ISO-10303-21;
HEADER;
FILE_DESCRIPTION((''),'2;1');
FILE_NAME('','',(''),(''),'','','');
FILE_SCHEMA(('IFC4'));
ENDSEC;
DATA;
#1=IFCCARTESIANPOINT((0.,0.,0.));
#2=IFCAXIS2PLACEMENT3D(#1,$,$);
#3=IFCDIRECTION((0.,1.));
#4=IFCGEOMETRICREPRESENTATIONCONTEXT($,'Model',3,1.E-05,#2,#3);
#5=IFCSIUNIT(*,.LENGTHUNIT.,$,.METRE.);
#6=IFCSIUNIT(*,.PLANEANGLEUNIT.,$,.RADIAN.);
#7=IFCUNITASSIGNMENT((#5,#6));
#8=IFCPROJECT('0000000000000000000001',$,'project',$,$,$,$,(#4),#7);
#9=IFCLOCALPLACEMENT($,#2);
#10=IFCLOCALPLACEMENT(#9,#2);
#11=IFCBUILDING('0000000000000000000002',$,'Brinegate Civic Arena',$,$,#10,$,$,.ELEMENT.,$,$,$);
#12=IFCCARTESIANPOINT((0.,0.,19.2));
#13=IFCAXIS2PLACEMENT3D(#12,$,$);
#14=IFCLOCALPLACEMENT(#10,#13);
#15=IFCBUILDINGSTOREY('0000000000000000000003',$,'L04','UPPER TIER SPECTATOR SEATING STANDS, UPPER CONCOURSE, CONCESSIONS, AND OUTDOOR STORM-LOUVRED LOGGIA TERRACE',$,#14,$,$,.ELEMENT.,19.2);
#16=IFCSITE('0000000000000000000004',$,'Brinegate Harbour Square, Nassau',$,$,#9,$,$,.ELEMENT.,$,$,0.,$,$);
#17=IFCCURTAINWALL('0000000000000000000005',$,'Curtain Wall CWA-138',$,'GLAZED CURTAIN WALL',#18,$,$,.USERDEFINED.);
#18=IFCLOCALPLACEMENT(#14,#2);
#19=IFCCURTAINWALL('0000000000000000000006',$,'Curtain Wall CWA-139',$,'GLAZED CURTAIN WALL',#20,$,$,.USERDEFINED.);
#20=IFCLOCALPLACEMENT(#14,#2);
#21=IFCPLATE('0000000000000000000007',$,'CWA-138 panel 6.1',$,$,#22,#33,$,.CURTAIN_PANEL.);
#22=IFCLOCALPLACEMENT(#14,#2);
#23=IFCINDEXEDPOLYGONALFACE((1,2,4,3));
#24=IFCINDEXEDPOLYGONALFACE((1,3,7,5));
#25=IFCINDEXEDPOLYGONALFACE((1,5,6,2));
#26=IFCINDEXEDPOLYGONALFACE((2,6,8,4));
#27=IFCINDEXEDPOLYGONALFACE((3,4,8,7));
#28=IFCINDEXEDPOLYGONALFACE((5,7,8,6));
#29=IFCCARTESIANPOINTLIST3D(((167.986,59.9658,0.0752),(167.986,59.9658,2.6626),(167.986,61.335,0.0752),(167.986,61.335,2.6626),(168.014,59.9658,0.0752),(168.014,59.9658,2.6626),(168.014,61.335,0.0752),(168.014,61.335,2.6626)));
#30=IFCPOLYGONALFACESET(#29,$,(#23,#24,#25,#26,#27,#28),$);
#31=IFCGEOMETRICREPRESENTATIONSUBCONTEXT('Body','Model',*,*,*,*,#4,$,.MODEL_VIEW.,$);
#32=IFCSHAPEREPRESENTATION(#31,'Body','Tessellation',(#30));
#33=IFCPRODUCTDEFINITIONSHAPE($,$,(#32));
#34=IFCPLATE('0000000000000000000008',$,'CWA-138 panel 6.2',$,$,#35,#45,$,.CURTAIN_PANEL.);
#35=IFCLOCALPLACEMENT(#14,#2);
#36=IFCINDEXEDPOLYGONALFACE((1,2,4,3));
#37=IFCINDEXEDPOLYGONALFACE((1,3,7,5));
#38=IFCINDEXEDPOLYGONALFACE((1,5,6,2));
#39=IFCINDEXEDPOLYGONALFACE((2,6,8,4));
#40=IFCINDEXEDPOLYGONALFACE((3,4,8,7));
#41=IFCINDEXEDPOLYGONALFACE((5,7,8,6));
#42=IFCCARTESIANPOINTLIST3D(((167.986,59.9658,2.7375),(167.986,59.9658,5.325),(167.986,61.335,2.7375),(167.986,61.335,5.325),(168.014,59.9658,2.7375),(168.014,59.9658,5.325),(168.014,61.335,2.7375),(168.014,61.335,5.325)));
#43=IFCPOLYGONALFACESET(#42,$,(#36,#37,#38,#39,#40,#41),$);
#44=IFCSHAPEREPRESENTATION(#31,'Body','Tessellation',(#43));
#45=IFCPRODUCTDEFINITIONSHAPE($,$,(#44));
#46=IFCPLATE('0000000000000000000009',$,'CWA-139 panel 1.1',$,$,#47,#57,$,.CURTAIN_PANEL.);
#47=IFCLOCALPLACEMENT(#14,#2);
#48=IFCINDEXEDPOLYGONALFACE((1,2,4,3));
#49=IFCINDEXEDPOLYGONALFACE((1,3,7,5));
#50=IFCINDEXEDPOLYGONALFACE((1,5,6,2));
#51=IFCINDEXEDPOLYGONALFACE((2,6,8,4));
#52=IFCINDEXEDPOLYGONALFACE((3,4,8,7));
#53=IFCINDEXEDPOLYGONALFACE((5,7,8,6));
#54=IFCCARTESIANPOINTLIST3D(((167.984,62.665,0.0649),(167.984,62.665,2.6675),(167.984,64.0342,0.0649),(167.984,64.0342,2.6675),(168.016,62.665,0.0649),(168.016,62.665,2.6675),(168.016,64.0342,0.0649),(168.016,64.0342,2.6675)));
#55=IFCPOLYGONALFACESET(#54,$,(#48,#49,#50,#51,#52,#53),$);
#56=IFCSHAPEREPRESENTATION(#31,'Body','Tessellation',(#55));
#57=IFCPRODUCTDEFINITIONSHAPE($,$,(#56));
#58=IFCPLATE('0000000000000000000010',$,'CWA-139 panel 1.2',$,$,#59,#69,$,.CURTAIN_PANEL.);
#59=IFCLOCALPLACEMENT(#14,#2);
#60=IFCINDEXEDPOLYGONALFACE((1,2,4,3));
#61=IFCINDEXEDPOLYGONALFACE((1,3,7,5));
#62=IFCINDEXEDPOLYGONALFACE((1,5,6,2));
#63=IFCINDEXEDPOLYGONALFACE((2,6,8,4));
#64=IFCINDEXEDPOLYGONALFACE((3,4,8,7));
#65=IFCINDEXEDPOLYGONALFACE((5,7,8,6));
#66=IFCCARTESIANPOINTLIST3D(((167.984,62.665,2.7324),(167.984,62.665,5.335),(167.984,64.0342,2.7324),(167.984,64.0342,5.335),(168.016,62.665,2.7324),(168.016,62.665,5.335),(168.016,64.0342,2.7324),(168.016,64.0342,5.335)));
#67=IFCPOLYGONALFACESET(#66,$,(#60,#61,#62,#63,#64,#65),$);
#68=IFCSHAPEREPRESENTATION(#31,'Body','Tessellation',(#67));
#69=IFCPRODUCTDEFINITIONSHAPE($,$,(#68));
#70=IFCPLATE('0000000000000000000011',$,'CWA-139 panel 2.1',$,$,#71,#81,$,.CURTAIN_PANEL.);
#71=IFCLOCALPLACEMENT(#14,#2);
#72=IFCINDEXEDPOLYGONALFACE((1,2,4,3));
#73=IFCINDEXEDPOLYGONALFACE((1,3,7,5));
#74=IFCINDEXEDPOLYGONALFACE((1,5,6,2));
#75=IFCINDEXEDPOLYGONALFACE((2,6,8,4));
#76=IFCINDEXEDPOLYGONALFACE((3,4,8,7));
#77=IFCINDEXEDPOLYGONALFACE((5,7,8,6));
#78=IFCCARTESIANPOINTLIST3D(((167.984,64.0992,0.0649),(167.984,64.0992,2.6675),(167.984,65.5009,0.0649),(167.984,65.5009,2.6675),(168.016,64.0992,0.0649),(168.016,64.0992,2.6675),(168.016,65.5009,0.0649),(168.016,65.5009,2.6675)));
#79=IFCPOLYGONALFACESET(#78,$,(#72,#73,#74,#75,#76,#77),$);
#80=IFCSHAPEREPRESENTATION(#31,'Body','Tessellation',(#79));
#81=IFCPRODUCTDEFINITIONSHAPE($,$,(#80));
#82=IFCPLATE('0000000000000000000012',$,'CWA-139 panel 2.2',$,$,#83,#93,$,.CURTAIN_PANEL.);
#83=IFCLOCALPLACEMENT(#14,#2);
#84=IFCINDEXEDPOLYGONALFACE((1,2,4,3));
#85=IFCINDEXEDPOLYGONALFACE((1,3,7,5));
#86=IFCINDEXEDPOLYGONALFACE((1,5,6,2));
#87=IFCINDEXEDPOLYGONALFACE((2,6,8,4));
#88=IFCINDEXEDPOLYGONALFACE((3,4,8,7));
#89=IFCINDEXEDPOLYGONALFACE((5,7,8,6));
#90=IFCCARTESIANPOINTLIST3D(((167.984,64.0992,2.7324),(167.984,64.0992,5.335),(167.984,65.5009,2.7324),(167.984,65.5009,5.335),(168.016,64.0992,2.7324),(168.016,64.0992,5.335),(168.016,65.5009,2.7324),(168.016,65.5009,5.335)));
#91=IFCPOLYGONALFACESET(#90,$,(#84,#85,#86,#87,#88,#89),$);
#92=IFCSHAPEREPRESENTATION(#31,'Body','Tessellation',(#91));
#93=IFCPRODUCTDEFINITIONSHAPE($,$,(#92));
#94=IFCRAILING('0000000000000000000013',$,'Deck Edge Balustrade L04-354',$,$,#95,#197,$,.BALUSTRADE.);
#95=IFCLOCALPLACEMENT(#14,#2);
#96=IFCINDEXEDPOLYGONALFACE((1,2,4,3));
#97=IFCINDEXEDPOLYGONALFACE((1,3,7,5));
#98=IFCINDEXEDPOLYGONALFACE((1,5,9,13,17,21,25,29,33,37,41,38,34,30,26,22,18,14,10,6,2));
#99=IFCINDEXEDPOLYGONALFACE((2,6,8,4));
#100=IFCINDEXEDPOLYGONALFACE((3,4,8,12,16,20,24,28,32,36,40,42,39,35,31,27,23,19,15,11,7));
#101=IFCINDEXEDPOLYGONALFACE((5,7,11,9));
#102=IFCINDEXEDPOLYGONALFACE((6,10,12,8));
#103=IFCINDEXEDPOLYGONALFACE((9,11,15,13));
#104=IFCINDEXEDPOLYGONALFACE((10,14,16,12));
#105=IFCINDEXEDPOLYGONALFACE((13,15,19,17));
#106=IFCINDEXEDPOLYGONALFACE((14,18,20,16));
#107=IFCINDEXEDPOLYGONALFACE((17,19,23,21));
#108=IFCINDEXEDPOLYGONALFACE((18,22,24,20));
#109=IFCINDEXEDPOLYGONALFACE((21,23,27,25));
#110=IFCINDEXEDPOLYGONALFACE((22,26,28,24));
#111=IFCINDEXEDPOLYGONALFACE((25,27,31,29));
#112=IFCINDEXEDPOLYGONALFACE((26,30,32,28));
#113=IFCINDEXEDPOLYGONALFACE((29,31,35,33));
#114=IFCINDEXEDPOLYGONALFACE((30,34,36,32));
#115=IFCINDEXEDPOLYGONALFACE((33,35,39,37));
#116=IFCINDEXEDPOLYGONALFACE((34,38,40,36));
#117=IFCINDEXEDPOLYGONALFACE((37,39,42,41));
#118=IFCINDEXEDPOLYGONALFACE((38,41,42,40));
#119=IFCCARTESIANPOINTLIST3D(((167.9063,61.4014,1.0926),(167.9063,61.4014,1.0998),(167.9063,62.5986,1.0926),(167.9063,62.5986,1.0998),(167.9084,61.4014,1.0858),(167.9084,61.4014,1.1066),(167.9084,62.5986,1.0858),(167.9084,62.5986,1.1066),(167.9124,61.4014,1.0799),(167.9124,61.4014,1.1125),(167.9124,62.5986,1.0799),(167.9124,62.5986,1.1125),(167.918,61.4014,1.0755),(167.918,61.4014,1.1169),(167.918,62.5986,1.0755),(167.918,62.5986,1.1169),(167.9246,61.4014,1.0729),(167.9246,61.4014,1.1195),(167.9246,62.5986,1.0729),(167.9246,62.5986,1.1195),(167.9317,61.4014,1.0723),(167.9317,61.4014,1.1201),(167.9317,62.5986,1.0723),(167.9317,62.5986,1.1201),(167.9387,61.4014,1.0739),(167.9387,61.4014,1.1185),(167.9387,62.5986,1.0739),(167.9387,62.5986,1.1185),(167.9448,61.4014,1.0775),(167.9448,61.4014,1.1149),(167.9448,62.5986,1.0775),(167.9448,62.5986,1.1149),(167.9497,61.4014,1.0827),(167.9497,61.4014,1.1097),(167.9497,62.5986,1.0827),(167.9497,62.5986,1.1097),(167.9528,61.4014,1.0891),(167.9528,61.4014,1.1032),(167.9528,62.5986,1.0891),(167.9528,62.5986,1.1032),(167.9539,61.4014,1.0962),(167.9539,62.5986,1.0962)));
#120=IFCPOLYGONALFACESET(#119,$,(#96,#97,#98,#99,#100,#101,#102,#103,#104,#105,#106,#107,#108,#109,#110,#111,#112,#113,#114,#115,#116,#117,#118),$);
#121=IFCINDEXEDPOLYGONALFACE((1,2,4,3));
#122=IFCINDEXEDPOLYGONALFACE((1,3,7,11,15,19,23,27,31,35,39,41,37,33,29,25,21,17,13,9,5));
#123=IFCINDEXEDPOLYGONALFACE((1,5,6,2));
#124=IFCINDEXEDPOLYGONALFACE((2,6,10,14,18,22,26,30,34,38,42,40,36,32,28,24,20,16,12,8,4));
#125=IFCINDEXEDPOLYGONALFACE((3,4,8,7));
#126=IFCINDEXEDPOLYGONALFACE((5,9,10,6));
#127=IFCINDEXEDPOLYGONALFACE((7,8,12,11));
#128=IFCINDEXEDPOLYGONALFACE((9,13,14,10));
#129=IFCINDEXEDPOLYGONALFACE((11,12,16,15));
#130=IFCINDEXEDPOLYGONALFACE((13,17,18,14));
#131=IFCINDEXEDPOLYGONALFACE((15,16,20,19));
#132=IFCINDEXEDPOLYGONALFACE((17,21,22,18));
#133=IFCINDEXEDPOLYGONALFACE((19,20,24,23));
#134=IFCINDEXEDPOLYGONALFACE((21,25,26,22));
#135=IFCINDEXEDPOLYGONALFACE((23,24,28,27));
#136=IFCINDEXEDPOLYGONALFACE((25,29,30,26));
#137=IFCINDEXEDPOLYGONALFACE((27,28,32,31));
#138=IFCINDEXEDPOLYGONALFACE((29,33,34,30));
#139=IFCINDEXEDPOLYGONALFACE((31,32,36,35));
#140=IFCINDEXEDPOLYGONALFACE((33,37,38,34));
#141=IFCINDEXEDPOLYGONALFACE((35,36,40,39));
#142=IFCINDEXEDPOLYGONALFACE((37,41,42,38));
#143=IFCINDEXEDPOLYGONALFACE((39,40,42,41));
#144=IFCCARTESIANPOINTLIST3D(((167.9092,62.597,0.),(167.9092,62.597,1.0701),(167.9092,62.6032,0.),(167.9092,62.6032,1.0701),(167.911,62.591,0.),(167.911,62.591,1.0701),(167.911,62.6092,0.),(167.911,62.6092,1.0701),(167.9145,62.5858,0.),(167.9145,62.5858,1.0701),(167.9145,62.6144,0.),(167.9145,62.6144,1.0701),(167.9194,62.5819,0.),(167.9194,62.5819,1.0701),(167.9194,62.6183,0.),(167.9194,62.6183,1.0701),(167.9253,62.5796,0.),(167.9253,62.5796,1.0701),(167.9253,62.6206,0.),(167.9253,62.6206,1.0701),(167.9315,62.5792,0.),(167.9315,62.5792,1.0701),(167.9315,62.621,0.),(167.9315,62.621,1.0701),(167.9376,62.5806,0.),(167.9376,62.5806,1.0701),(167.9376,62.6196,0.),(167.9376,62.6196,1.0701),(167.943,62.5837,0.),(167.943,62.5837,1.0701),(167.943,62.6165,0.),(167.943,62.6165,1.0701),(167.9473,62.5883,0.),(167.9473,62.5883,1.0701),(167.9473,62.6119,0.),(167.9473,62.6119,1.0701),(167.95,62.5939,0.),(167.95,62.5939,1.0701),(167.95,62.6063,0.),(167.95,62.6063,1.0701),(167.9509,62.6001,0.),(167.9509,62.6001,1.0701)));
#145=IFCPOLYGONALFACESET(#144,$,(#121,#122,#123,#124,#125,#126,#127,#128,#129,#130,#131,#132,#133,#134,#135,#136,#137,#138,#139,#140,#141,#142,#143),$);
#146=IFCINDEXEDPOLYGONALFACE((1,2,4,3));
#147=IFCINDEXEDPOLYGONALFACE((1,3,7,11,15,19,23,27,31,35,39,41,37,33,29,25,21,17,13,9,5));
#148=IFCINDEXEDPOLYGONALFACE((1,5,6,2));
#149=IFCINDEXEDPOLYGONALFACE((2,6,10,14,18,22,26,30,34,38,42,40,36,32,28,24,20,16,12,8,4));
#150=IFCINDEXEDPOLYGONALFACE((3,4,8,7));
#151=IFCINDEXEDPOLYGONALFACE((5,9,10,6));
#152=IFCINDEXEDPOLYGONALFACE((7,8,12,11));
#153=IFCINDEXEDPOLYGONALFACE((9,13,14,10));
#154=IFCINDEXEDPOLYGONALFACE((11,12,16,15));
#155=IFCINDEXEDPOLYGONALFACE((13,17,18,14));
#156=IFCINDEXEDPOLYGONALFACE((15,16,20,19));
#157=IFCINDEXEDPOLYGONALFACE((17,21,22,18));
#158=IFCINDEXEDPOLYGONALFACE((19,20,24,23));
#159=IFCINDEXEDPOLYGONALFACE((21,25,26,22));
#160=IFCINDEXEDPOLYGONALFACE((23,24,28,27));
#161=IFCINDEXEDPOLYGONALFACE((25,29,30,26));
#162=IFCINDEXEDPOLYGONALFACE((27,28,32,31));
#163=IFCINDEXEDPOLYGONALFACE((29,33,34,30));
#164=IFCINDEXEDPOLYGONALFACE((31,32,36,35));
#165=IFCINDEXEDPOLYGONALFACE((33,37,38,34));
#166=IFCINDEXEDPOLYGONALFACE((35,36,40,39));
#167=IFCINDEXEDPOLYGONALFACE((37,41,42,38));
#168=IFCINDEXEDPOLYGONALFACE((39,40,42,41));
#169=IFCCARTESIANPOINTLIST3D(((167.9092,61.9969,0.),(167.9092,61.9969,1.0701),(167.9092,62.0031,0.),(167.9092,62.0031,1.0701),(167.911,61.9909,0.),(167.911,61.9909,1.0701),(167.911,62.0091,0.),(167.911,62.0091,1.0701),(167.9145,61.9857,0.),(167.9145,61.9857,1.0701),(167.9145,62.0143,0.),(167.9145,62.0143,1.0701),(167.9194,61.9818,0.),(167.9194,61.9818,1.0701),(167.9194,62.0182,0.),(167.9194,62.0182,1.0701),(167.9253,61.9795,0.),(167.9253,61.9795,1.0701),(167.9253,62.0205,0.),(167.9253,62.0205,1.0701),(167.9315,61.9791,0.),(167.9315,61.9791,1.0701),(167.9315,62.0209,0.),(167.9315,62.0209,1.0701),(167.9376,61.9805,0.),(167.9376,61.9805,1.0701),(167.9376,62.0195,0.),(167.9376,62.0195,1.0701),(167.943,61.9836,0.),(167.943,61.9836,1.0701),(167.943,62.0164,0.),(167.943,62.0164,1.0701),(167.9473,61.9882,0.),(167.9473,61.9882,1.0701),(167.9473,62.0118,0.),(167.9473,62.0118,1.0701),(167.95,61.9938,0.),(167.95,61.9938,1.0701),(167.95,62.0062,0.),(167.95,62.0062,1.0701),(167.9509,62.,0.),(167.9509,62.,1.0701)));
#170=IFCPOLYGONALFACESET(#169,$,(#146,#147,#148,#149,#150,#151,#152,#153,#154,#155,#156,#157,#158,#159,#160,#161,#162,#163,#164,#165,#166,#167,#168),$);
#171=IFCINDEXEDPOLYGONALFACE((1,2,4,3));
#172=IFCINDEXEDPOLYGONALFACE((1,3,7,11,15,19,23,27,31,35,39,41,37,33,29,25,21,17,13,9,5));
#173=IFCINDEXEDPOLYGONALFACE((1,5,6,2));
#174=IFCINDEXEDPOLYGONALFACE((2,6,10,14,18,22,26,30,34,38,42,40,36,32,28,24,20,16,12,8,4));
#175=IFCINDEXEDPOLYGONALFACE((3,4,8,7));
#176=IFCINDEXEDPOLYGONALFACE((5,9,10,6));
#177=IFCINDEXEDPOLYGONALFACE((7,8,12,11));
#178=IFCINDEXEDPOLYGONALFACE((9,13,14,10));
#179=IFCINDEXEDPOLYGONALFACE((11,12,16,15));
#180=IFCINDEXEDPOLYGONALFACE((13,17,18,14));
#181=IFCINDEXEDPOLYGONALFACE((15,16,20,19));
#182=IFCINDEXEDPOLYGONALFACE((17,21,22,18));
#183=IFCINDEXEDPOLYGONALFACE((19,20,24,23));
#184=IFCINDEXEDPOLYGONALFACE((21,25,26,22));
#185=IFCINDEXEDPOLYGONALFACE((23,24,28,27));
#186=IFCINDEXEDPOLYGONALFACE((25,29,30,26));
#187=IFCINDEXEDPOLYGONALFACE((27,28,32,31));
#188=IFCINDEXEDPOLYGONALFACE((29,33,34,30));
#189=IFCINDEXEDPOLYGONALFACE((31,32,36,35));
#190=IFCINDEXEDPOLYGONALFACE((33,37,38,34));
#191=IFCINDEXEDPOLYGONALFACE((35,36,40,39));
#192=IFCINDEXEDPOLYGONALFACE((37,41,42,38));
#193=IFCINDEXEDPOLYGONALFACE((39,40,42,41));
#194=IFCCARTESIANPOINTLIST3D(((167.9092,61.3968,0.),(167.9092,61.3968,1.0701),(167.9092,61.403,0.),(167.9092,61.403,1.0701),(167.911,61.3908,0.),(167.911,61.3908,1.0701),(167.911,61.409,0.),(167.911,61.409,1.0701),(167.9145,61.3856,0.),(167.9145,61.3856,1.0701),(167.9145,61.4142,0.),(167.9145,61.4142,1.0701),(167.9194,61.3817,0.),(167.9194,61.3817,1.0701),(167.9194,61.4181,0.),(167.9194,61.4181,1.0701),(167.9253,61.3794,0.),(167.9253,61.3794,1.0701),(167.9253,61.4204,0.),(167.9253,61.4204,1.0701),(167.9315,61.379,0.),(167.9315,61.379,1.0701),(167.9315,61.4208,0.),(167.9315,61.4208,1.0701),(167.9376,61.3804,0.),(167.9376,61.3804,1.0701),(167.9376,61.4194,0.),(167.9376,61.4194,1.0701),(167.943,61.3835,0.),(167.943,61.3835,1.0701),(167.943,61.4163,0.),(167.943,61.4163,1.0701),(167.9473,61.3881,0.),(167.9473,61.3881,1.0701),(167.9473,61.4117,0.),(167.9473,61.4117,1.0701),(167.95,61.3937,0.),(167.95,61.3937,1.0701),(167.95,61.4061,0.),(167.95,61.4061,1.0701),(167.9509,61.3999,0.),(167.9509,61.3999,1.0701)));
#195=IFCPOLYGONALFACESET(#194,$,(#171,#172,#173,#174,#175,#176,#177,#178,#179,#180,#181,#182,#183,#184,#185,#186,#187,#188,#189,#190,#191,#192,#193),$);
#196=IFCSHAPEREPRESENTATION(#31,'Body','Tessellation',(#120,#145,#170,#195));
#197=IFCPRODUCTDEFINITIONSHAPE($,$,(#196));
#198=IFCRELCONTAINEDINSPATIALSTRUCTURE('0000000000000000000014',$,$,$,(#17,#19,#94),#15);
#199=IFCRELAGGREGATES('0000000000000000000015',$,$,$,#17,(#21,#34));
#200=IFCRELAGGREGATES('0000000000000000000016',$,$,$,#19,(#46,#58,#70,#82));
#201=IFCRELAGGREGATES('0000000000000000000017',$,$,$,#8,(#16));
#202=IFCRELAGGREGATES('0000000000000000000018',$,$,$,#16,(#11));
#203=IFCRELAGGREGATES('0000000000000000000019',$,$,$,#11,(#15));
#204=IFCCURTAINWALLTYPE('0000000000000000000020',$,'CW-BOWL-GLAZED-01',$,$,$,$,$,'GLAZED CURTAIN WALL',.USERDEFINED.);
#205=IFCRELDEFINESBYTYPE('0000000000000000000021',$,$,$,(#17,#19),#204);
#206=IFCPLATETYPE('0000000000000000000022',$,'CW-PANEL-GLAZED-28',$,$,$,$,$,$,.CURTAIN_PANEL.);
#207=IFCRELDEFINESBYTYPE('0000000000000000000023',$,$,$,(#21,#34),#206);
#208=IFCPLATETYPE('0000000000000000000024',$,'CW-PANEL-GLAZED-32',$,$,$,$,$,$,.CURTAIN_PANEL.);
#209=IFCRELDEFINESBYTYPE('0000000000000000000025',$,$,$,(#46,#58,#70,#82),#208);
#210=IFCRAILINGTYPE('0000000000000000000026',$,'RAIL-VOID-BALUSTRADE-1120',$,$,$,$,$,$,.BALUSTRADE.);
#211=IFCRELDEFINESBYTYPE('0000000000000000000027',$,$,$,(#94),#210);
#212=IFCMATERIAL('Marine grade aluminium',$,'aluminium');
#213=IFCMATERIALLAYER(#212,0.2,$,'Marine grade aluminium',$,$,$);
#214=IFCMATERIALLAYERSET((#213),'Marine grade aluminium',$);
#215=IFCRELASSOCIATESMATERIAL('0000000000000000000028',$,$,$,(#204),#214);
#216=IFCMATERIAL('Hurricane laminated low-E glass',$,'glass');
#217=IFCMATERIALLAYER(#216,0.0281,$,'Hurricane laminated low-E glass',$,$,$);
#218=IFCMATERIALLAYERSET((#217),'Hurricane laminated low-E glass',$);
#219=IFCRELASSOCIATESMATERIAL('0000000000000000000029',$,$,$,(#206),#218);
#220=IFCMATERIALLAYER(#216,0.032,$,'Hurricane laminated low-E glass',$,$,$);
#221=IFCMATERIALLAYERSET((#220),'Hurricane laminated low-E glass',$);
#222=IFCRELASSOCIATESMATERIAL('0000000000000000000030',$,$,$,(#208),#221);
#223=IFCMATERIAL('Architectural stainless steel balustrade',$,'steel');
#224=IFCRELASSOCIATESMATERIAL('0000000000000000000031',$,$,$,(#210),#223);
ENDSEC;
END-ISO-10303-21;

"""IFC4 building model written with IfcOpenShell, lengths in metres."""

from ifc_helpers import new_model, si_unit, direction, frame, origin, origin_2d, place, context, subcontext, project, spatial, rectangle, circle, extrude, material, layer, layer_set, type_object, element, aggregate, save


model = new_model("IFC4")

# Units and contexts
model_context = context("Model", 3, precision=1e-05, world=origin(), true_north=direction((0.0, 1.0)))
body_context = subcontext(model_context, "Body", "Model", "MODEL_VIEW")
ifc_project = project(units=[si_unit("LENGTHUNIT", "METRE"), si_unit("PLANEANGLEUNIT", "RADIAN")], contexts=[model_context])

# Site, building, storey
site_placement = place(None, origin())
site = spatial("IfcSite", under=ifc_project, at=site_placement, Name="Brinegate Harbour Square, Nassau", CompositionType="ELEMENT", RefElevation=0.0)
building_placement = place(site_placement, origin())
building = spatial("IfcBuilding", under=site, at=building_placement, Name="Brinegate Civic Arena", CompositionType="ELEMENT")
storey_placement = place(building_placement, frame((0.0, 0.0, 19.2)))
storey = spatial("IfcBuildingStorey", under=building, at=storey_placement, Name="L04", Description="UPPER TIER SPECTATOR SEATING STANDS, UPPER CONCOURSE, CONCESSIONS, AND OUTDOOR STORM-LOUVRED LOGGIA TERRACE", CompositionType="ELEMENT", Elevation=19.2)

# Curtain wall
ifc_material_1 = material(Name="Marine grade aluminium", Category="aluminium")
ifc_layer_1 = layer(ifc_material_1, 0.2, Name="Marine grade aluminium")
ifc_layer_set_1 = layer_set([ifc_layer_1], Name="Marine grade aluminium")
curtain_wall_type = type_object("IfcCurtainWallType", Name="CW-BOWL-GLAZED-01", ElementType="GLAZED CURTAIN WALL", PredefinedType="USERDEFINED", material=ifc_layer_set_1)
curtain_wall_1_placement = place(storey_placement, origin())
curtain_wall_1 = element("IfcCurtainWall", 1, at=curtain_wall_1_placement, inside=storey, type_object=curtain_wall_type, Name="Curtain Wall CWA-138", ObjectType="GLAZED CURTAIN WALL", PredefinedType="USERDEFINED")

# Curtain wall
curtain_wall_2_placement = place(storey_placement, origin())
curtain_wall_2 = element("IfcCurtainWall", 2, at=curtain_wall_2_placement, inside=storey, type_object=curtain_wall_type, Name="Curtain Wall CWA-139", ObjectType="GLAZED CURTAIN WALL", PredefinedType="USERDEFINED")

# Plates
ifc_material_2 = material(Name="Hurricane laminated low-E glass", Category="glass")
ifc_layer_2 = layer(ifc_material_2, 0.0281, Name="Hurricane laminated low-E glass")
ifc_layer_set_2 = layer_set([ifc_layer_2], Name="Hurricane laminated low-E glass")
plate_type_1 = type_object("IfcPlateType", Name="CW-PANEL-GLAZED-28", PredefinedType="CURTAIN_PANEL", material=ifc_layer_set_2)
plate_1_placement = place(storey_placement, frame((168.0, 60.6504, 0.0752), z_axis=(0.0, 0.0, 1.0), x_axis=(0.0, 1.0, 0.0)))
plate_1 = element("IfcPlate", 3, at=plate_1_placement, type_object=plate_type_1, Name="CWA-138 panel 6.1", PredefinedType="CURTAIN_PANEL", context=body_context, shape_type="SweptSolid", body=[
    extrude(rectangle(XDim=1.3691, YDim=0.0281, at=origin_2d()), origin(), (0.0, 0.0, 1.0), 2.5874),
])
plate_2_placement = place(storey_placement, frame((168.0, 60.6504, 2.7375), z_axis=(0.0, 0.0, 1.0), x_axis=(0.0, 1.0, 0.0)))
plate_2 = element("IfcPlate", 4, at=plate_2_placement, type_object=plate_type_1, Name="CWA-138 panel 6.2", PredefinedType="CURTAIN_PANEL", context=body_context, shape_type="SweptSolid", body=[
    extrude(rectangle(XDim=1.3691, YDim=0.0281, at=origin_2d()), origin(), (0.0, 0.0, 1.0), 2.5874),
])
aggregate(curtain_wall_1, [plate_1, plate_2])
ifc_layer_3 = layer(ifc_material_2, 0.032, Name="Hurricane laminated low-E glass")
ifc_layer_set_3 = layer_set([ifc_layer_3], Name="Hurricane laminated low-E glass")
plate_type_2 = type_object("IfcPlateType", Name="CW-PANEL-GLAZED-32", PredefinedType="CURTAIN_PANEL", material=ifc_layer_set_3)
plate_3_placement = place(storey_placement, frame((168.0, 63.3496, 0.0649), z_axis=(0.0, 0.0, 1.0), x_axis=(0.0, 1.0, 0.0)))
plate_3 = element("IfcPlate", 5, at=plate_3_placement, type_object=plate_type_2, Name="CWA-139 panel 1.1", PredefinedType="CURTAIN_PANEL", context=body_context, shape_type="SweptSolid", body=[
    extrude(rectangle(XDim=1.3691, YDim=0.032, at=origin_2d()), origin(), (0.0, 0.0, 1.0), 2.6025),
])
plate_4_placement = place(storey_placement, frame((168.0, 63.3496, 2.7324), z_axis=(0.0, 0.0, 1.0), x_axis=(0.0, 1.0, 0.0)))
plate_4 = element("IfcPlate", 6, at=plate_4_placement, type_object=plate_type_2, Name="CWA-139 panel 1.2", PredefinedType="CURTAIN_PANEL", context=body_context, shape_type="SweptSolid", body=[
    extrude(rectangle(XDim=1.3691, YDim=0.032, at=origin_2d()), origin(), (0.0, 0.0, 1.0), 2.6025),
])
plate_5_placement = place(storey_placement, frame((168.0, 64.8, 0.0649), z_axis=(0.0, 0.0, 1.0), x_axis=(0.0, 1.0, 0.0)))
plate_5 = element("IfcPlate", 7, at=plate_5_placement, type_object=plate_type_2, Name="CWA-139 panel 2.1", PredefinedType="CURTAIN_PANEL", context=body_context, shape_type="SweptSolid", body=[
    extrude(rectangle(XDim=1.4016, YDim=0.032, at=origin_2d()), origin(), (0.0, 0.0, 1.0), 2.6025),
])
plate_6_placement = place(storey_placement, frame((168.0, 64.8, 2.7324), z_axis=(0.0, 0.0, 1.0), x_axis=(0.0, 1.0, 0.0)))
plate_6 = element("IfcPlate", 8, at=plate_6_placement, type_object=plate_type_2, Name="CWA-139 panel 2.2", PredefinedType="CURTAIN_PANEL", context=body_context, shape_type="SweptSolid", body=[
    extrude(rectangle(XDim=1.4016, YDim=0.032, at=origin_2d()), origin(), (0.0, 0.0, 1.0), 2.6025),
])
aggregate(curtain_wall_2, [plate_3, plate_4, plate_5, plate_6])

# Railing
ifc_material_3 = material(Name="Architectural stainless steel balustrade", Category="steel")
railing_type = type_object("IfcRailingType", Name="RAIL-VOID-BALUSTRADE-1120", PredefinedType="BALUSTRADE", material=ifc_material_3)
railing_placement = place(storey_placement, frame((167.9299, 62.6001, 0.0)))
element("IfcRailing", 9, at=railing_placement, inside=storey, type_object=railing_type, Name="Deck Edge Balustrade L04-354", PredefinedType="BALUSTRADE", context=body_context, shape_type="SweptSolid", body=[
    extrude(circle(Radius=0.0239, at=origin_2d()), frame((0.0, -0.0015, 1.0962), z_axis=(0.0, -1.0, 0.0), x_axis=(1.0, 0.0, 0.0)), (0.0, 0.0, 1.0), 1.1973),
    extrude(circle(Radius=0.021, at=origin_2d()), origin(), (0.0, 0.0, 1.0), 1.0701),
    extrude(circle(Radius=0.021, at=origin_2d()), frame((0.0, -0.6001, 0.0)), (0.0, 0.0, 1.0), 1.0701),
    extrude(circle(Radius=0.021, at=origin_2d()), frame((0.0, -1.2002, 0.0)), (0.0, 0.0, 1.0), 1.0701),
])

save(model, "model.ifc")
